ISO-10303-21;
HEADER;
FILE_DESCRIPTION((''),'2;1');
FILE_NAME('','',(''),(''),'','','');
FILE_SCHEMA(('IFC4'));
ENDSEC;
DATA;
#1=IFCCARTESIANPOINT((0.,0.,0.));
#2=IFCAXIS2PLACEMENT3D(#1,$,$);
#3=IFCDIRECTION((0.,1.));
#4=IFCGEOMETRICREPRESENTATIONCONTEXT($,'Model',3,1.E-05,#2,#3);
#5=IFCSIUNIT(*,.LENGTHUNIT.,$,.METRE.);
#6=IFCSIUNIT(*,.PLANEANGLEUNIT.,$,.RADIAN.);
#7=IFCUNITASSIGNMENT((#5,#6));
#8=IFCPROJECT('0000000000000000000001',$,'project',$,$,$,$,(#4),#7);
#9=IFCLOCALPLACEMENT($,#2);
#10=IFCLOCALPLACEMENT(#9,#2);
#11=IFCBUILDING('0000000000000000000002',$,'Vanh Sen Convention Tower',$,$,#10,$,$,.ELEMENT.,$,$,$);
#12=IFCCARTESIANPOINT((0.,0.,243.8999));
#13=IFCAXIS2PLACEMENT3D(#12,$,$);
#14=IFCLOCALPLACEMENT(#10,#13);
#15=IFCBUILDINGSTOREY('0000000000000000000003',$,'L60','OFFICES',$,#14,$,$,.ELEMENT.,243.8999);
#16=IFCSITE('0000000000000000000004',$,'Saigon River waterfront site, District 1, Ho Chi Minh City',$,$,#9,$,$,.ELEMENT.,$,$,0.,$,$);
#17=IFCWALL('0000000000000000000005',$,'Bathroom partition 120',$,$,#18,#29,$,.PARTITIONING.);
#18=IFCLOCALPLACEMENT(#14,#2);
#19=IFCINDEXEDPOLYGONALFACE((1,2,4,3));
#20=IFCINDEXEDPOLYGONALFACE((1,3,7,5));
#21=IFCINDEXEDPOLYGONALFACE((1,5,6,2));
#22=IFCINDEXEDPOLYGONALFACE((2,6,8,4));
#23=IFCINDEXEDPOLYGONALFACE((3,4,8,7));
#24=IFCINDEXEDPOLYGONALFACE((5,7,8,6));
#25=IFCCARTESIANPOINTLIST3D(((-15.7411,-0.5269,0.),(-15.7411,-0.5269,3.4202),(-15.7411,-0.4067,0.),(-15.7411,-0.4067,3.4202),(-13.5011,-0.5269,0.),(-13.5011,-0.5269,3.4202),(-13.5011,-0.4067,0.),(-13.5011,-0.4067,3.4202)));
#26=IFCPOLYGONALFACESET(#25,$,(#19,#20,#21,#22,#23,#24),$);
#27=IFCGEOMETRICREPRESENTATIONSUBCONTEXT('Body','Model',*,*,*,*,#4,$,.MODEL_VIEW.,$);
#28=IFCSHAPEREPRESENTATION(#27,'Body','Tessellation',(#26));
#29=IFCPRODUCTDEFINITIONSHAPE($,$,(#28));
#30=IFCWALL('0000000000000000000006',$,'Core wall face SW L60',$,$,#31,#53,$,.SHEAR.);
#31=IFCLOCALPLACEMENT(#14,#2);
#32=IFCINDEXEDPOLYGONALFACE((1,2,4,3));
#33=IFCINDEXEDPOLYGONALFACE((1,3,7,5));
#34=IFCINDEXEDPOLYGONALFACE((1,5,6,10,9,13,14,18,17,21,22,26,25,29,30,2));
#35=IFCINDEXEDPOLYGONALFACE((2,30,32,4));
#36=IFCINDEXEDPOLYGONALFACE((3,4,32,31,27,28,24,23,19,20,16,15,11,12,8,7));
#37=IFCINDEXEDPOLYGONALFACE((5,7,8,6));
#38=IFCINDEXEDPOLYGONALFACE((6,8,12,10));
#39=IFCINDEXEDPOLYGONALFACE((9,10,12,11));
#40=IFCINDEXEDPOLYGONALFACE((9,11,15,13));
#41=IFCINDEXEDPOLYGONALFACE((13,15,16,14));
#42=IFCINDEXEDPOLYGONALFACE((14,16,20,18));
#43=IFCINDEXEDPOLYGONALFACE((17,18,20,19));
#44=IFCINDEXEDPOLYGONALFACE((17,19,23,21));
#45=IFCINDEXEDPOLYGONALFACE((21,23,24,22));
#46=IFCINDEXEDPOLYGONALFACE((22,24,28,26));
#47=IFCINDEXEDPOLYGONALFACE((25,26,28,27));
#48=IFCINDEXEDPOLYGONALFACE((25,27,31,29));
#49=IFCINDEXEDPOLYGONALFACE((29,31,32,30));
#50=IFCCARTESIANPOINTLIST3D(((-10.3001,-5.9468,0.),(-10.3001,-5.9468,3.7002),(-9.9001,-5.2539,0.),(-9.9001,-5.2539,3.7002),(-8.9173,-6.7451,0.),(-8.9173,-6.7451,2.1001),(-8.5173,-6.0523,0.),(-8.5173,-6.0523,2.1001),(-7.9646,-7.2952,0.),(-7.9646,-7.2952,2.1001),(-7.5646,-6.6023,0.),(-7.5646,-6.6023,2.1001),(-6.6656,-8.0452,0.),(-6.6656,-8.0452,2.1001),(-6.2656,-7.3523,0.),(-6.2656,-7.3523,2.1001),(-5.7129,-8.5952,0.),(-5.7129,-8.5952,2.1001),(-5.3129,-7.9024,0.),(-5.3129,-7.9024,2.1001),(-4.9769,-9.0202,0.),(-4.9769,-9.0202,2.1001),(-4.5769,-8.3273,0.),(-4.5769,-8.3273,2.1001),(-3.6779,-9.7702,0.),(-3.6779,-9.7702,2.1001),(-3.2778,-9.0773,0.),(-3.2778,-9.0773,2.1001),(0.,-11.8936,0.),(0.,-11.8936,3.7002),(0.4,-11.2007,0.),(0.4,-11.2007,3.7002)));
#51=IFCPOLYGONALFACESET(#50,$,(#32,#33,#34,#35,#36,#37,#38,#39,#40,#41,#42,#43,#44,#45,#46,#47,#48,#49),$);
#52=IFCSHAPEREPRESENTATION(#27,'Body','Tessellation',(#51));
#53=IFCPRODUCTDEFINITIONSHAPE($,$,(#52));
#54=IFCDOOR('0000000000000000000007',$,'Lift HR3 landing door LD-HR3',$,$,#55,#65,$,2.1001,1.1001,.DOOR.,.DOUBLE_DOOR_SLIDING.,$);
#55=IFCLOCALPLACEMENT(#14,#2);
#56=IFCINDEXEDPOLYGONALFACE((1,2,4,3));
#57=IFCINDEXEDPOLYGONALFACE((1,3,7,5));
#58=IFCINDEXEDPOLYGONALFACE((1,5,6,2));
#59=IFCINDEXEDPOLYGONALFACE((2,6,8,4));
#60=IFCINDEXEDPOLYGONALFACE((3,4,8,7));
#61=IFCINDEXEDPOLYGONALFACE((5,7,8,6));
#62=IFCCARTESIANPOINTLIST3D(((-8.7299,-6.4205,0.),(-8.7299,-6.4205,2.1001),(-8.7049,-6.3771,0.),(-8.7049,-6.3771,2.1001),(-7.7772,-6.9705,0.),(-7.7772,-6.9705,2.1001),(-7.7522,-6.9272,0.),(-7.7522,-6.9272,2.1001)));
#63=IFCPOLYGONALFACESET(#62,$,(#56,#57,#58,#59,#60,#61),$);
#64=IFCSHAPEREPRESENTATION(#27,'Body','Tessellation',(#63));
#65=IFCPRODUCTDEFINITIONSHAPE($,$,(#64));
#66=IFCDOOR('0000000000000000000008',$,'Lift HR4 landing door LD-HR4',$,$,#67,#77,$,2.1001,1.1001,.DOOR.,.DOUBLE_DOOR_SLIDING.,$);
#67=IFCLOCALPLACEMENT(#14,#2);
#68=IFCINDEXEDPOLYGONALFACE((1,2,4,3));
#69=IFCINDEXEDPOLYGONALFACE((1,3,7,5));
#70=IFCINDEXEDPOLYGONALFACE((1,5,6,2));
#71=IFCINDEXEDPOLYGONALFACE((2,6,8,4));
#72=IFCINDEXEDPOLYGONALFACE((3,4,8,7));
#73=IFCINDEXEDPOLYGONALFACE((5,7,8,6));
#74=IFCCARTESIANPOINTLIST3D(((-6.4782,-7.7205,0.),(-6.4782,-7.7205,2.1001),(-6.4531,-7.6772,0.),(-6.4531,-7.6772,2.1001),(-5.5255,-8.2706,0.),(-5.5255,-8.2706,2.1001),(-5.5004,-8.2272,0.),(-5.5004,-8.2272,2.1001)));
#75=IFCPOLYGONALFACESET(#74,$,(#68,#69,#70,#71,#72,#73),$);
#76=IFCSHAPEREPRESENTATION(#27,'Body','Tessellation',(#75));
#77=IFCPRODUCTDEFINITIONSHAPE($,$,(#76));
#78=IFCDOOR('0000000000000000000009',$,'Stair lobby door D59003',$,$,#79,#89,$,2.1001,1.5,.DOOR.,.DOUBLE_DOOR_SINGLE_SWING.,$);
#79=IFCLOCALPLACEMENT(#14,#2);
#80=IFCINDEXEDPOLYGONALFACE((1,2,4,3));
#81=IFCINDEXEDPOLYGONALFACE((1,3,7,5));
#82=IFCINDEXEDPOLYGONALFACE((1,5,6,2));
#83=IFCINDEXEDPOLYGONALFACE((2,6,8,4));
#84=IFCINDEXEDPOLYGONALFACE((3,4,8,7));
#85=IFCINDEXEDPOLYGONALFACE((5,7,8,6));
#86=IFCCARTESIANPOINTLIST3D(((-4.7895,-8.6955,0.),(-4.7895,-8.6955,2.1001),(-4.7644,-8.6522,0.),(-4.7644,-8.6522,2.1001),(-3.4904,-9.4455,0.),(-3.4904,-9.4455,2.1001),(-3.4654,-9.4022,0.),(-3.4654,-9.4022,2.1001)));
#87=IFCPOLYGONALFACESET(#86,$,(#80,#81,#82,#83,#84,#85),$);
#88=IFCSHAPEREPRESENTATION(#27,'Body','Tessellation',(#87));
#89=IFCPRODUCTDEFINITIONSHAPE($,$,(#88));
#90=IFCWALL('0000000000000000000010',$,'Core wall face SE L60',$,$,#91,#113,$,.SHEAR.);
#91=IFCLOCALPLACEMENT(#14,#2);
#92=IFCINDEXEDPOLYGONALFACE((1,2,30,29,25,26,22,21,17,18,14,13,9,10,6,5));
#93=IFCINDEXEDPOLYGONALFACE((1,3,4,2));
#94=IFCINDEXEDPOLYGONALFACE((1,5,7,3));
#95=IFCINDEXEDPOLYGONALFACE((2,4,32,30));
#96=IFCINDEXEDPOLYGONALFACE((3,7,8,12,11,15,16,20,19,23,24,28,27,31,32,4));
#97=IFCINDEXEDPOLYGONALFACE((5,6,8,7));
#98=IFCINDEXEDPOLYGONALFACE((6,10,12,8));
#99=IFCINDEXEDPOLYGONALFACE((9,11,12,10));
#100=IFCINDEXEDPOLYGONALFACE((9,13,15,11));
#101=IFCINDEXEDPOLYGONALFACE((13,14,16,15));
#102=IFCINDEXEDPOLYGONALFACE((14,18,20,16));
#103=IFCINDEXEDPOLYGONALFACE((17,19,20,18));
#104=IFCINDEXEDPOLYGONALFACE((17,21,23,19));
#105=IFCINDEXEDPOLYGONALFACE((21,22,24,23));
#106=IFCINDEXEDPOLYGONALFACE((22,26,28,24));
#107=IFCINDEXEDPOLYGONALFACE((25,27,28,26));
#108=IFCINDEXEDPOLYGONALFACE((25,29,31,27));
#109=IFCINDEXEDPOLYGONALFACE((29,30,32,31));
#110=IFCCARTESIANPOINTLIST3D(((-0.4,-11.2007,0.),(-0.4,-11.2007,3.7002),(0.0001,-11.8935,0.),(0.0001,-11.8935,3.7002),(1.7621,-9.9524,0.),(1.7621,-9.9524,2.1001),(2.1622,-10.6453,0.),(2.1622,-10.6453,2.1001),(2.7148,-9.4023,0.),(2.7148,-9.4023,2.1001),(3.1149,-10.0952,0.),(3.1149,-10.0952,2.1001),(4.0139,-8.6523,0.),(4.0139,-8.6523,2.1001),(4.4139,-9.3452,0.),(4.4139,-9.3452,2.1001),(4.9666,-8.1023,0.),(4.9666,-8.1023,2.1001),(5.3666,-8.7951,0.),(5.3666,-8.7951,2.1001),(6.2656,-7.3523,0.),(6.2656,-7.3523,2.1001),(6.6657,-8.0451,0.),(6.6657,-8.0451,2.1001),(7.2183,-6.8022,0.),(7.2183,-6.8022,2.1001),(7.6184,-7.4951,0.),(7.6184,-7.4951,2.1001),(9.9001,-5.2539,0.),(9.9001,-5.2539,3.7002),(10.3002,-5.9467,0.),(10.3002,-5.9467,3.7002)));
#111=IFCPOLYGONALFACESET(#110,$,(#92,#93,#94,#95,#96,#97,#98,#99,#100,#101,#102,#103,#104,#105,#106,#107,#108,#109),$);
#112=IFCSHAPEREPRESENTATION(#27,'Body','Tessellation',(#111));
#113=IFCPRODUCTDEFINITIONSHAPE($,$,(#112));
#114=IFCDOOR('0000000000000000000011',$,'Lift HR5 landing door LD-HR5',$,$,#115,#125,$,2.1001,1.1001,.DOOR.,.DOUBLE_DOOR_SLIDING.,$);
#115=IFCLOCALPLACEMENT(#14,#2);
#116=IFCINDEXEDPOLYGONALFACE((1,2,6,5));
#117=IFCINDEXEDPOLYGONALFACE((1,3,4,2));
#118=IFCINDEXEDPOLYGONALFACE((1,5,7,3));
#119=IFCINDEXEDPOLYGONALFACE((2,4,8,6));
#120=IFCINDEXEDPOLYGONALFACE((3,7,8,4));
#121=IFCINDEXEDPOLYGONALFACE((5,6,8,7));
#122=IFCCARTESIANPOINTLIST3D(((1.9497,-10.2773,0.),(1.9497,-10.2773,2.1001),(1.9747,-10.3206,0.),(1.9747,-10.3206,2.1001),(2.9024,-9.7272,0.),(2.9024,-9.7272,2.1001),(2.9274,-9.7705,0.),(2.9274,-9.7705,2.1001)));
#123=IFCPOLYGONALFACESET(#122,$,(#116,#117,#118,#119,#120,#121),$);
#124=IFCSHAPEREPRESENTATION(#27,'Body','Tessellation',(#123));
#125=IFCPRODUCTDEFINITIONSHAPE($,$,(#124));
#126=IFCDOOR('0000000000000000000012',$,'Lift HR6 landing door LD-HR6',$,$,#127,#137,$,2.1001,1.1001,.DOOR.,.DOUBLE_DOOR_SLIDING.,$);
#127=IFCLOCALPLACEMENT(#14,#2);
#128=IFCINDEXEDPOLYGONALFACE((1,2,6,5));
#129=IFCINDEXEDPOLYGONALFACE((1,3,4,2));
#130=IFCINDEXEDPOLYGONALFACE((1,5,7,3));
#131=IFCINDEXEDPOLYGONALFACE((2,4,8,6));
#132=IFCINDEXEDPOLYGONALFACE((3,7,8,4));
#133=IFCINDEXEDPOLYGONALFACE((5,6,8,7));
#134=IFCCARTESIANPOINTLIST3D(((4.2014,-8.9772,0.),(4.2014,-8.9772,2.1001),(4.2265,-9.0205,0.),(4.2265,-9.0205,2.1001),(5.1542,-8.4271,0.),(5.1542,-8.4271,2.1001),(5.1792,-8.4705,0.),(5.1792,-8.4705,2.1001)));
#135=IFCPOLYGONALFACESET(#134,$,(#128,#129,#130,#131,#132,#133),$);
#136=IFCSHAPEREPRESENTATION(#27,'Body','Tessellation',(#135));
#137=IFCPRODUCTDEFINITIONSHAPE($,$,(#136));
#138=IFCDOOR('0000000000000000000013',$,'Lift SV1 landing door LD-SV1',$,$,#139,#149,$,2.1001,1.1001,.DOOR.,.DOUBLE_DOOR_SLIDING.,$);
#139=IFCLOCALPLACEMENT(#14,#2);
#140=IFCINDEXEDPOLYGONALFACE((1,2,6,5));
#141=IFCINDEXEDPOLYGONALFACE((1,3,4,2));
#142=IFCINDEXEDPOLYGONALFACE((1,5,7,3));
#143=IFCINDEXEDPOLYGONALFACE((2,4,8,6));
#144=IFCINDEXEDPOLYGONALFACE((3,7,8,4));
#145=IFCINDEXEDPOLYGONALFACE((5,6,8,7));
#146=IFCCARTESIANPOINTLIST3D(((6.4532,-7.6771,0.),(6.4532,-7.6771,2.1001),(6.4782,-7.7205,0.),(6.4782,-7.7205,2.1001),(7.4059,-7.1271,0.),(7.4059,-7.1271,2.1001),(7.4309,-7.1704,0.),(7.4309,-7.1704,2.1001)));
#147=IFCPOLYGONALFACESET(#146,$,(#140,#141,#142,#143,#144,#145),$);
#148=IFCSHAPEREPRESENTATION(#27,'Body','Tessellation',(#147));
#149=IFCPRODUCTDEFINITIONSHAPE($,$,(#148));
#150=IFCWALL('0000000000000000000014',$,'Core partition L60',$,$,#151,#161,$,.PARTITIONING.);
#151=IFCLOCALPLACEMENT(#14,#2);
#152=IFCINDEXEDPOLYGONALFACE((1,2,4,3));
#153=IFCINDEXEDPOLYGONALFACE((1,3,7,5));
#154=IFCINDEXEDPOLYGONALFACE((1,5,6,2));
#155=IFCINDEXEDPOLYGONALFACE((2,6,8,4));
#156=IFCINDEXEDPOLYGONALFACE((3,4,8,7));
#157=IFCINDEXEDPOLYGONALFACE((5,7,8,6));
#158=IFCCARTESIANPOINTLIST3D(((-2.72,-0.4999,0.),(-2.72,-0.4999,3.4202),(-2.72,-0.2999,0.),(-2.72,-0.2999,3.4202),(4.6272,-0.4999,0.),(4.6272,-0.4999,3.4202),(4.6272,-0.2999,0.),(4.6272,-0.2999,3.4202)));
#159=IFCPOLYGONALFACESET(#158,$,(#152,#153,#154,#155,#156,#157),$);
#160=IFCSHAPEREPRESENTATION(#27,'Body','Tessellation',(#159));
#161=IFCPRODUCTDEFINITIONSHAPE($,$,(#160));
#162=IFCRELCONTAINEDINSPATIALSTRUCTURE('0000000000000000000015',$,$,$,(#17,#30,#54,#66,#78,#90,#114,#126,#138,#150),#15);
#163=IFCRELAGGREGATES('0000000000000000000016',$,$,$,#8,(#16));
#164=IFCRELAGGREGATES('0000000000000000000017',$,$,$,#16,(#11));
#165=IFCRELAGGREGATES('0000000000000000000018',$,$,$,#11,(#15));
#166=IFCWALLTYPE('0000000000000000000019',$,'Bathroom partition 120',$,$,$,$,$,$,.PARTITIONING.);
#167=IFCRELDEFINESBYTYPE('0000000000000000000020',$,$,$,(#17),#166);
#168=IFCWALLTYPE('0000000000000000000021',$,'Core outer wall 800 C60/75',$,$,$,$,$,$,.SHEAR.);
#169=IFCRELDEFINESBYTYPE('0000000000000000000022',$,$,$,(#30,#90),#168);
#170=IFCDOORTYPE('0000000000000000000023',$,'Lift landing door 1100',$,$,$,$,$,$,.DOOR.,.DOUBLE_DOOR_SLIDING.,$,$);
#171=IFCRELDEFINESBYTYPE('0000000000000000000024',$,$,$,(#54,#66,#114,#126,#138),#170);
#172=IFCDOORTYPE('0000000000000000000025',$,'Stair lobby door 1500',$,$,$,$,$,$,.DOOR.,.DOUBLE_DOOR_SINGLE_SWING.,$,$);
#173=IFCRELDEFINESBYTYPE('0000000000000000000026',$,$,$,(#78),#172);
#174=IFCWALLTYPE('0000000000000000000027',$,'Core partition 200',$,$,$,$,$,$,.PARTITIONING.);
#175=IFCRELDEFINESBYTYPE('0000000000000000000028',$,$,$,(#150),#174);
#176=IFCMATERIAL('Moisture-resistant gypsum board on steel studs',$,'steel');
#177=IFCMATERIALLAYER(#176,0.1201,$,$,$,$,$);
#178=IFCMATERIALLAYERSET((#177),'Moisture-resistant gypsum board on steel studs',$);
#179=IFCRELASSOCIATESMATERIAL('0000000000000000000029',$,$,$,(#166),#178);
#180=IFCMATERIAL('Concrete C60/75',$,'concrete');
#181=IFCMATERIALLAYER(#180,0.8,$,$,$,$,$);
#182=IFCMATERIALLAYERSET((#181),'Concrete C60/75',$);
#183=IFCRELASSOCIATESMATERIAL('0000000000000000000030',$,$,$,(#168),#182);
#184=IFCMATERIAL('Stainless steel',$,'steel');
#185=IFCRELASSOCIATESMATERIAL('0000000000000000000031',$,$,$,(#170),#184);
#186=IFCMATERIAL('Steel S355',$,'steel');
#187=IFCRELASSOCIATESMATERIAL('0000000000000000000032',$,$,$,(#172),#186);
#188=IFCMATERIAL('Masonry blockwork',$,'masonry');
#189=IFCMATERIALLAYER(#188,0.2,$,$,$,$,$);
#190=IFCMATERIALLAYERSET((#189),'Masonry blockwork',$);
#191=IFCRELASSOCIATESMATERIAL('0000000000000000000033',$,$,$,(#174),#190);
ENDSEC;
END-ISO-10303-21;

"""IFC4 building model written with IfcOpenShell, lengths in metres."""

from ifc_helpers import new_model, si_unit, direction, frame, frame_2d, origin, place, context, subcontext, project, spatial, rectangle, extrude, material, layer, layer_set, type_object, element, fill, save


model = new_model("IFC4")

# Units and contexts
model_context = context("Model", 3, precision=1e-05, world=origin(), true_north=direction((0.0, 1.0)))
body_context = subcontext(model_context, "Body", "Model", "MODEL_VIEW")
ifc_project = project(units=[si_unit("LENGTHUNIT", "METRE"), si_unit("PLANEANGLEUNIT", "RADIAN")], contexts=[model_context])

# Site, building, storey
site_placement = place(None, origin())
site = spatial("IfcSite", under=ifc_project, at=site_placement, Name="Saigon River waterfront site, District 1, Ho Chi Minh City", CompositionType="ELEMENT", RefElevation=0.0)
building_placement = place(site_placement, origin())
building = spatial("IfcBuilding", under=site, at=building_placement, Name="Vanh Sen Convention Tower", CompositionType="ELEMENT")
storey_placement = place(building_placement, frame((0.0, 0.0, 243.8999)))
storey = spatial("IfcBuildingStorey", under=building, at=storey_placement, Name="L60", Description="OFFICES", CompositionType="ELEMENT", Elevation=243.8999)

# Wall
ifc_material_1 = material(Name="Moisture-resistant gypsum board on steel studs", Category="steel")
ifc_layer_1 = layer(ifc_material_1, 0.1201)
ifc_layer_set_1 = layer_set([ifc_layer_1], Name="Moisture-resistant gypsum board on steel studs")
wall_type_1 = type_object("IfcWallType", Name="Bathroom partition 120", PredefinedType="PARTITIONING", material=ifc_layer_set_1)
wall_1_placement = place(storey_placement, frame((-13.501, -0.4668, 0.0), z_axis=(0.0, 0.0, 1.0), x_axis=(-1.0, 0.0, 0.0)))
element("IfcWall", 1, at=wall_1_placement, inside=storey, type_object=wall_type_1, Name="Bathroom partition 120", PredefinedType="PARTITIONING", context=body_context, shape_type="SweptSolid", body=[
    extrude(rectangle(XDim=2.24, YDim=0.1201, at=frame_2d((1.1201, 0.0))), origin(), (0.0, 0.0, 1.0), 3.4202),
])

# Walls, openings, doors
ifc_material_2 = material(Name="Concrete C60/75", Category="concrete")
ifc_layer_2 = layer(ifc_material_2, 0.8)
ifc_layer_set_2 = layer_set([ifc_layer_2], Name="Concrete C60/75")
wall_type_2 = type_object("IfcWallType", Name="Core outer wall 800 C60/75", PredefinedType="SHEAR", material=ifc_layer_set_2)
wall_2_placement = place(storey_placement, frame((-10.1001, -5.6003, 0.0), z_axis=(0.0, 0.0, 1.0), x_axis=(0.866024, -0.500003, 0.0)))
wall_2 = element("IfcWall", 2, at=wall_2_placement, inside=storey, type_object=wall_type_2, Name="Core wall face SW L60", PredefinedType="SHEAR", context=body_context, shape_type="SweptSolid", body=[
    extrude(rectangle(XDim=11.8936, YDim=0.8, at=frame_2d((5.9468, 0.0))), origin(), (0.0, 0.0, 1.0), 3.7002),
])
opening_1_placement = place(wall_2_placement, frame((6.1467, 0.0, 0.0)))
opening_1 = element("IfcOpeningElement", 3, at=opening_1_placement, cuts=wall_2, PredefinedType="OPENING", context=body_context, shape_type="SweptSolid", body=[
    extrude(rectangle(XDim=1.5, YDim=2.1001, at=frame_2d((0.75, 1.05))), frame((0.0, 0.4099, 0.0), z_axis=(0.0, -1.0, 0.0), x_axis=(1.0, 0.0, 0.0)), (0.0, 0.0, 1.0), 0.8201),
])
opening_2_placement = place(wall_2_placement, frame((1.5967, 0.0, 0.0)))
opening_2 = element("IfcOpeningElement", 4, at=opening_2_placement, cuts=wall_2, PredefinedType="OPENING", context=body_context, shape_type="SweptSolid", body=[
    extrude(rectangle(XDim=1.1001, YDim=2.1001, at=frame_2d((0.55, 1.05))), frame((0.0, 0.4099, 0.0), z_axis=(0.0, -1.0, 0.0), x_axis=(1.0, 0.0, 0.0)), (0.0, 0.0, 1.0), 0.8201),
])
opening_3_placement = place(wall_2_placement, frame((4.1968, 0.0, 0.0)))
opening_3 = element("IfcOpeningElement", 5, at=opening_3_placement, cuts=wall_2, PredefinedType="OPENING", context=body_context, shape_type="SweptSolid", body=[
    extrude(rectangle(XDim=1.1001, YDim=2.1001, at=frame_2d((0.55, 1.05))), frame((0.0, 0.4099, 0.0), z_axis=(0.0, -1.0, 0.0), x_axis=(1.0, 0.0, 0.0)), (0.0, 0.0, 1.0), 0.8201),
])
ifc_material_3 = material(Name="Stainless steel", Category="steel")
door_type_1 = type_object("IfcDoorType", Name="Lift landing door 1100", OperationType="DOUBLE_DOOR_SLIDING", PredefinedType="DOOR", material=ifc_material_3)
door_1_placement = place(opening_2_placement, origin())
door_1 = element("IfcDoor", 6, at=door_1_placement, inside=storey, type_object=door_type_1, Name="Lift HR3 landing door LD-HR3", OperationType="DOUBLE_DOOR_SLIDING", OverallHeight=2.1001, OverallWidth=1.1001, PredefinedType="DOOR", context=body_context, shape_type="SweptSolid", body=[
    extrude(rectangle(XDim=1.1001, YDim=2.1001, at=frame_2d((0.55, 1.05))), frame((0.0, 0.0249, 0.0), z_axis=(0.0, -1.0, 0.0), x_axis=(1.0, 0.0, 0.0)), (0.0, 0.0, 1.0), 0.05),
])
fill(opening_2, door_1)
door_2_placement = place(opening_3_placement, origin())
door_2 = element("IfcDoor", 7, at=door_2_placement, inside=storey, type_object=door_type_1, Name="Lift HR4 landing door LD-HR4", OperationType="DOUBLE_DOOR_SLIDING", OverallHeight=2.1001, OverallWidth=1.1001, PredefinedType="DOOR", context=body_context, shape_type="SweptSolid", body=[
    extrude(rectangle(XDim=1.1001, YDim=2.1001, at=frame_2d((0.55, 1.05))), frame((0.0, 0.0249, 0.0), z_axis=(0.0, -1.0, 0.0), x_axis=(1.0, 0.0, 0.0)), (0.0, 0.0, 1.0), 0.05),
])
fill(opening_3, door_2)
ifc_material_4 = material(Name="Steel S355", Category="steel")
door_type_2 = type_object("IfcDoorType", Name="Stair lobby door 1500", OperationType="DOUBLE_DOOR_SINGLE_SWING", PredefinedType="DOOR", material=ifc_material_4)
door_3_placement = place(opening_1_placement, origin())
door_3 = element("IfcDoor", 8, at=door_3_placement, inside=storey, type_object=door_type_2, Name="Stair lobby door D59003", OperationType="DOUBLE_DOOR_SINGLE_SWING", OverallHeight=2.1001, OverallWidth=1.5, PredefinedType="DOOR", context=body_context, shape_type="SweptSolid", body=[
    extrude(rectangle(XDim=1.5, YDim=2.1001, at=frame_2d((0.75, 1.05))), frame((0.0, 0.0249, 0.0), z_axis=(0.0, -1.0, 0.0), x_axis=(1.0, 0.0, 0.0)), (0.0, 0.0, 1.0), 0.05),
])
fill(opening_1, door_3)
wall_3_placement = place(storey_placement, frame((-0.2, -11.5471, 0.0), z_axis=(0.0, 0.0, 1.0), x_axis=(0.866024, 0.500003, 0.0)))
wall_3 = element("IfcWall", 9, at=wall_3_placement, inside=storey, type_object=wall_type_2, Name="Core wall face SE L60", PredefinedType="SHEAR", context=body_context, shape_type="SweptSolid", body=[
    extrude(rectangle(XDim=11.8936, YDim=0.8, at=frame_2d((5.9468, 0.0))), origin(), (0.0, 0.0, 1.0), 3.7002),
])
opening_4_placement = place(wall_3_placement, frame((2.4966, 0.0, 0.0)))
opening_4 = element("IfcOpeningElement", 10, at=opening_4_placement, cuts=wall_3, PredefinedType="OPENING", context=body_context, shape_type="SweptSolid", body=[
    extrude(rectangle(XDim=1.1001, YDim=2.1001, at=frame_2d((0.55, 1.05))), frame((0.0, 0.4099, 0.0), z_axis=(0.0, -1.0, 0.0), x_axis=(1.0, 0.0, 0.0)), (0.0, 0.0, 1.0), 0.8201),
])
opening_5_placement = place(wall_3_placement, frame((5.0967, 0.0, 0.0)))
opening_5 = element("IfcOpeningElement", 11, at=opening_5_placement, cuts=wall_3, PredefinedType="OPENING", context=body_context, shape_type="SweptSolid", body=[
    extrude(rectangle(XDim=1.1001, YDim=2.1001, at=frame_2d((0.55, 1.05))), frame((0.0, 0.4099, 0.0), z_axis=(0.0, -1.0, 0.0), x_axis=(1.0, 0.0, 0.0)), (0.0, 0.0, 1.0), 0.8201),
])
opening_6_placement = place(wall_3_placement, frame((7.6968, 0.0, 0.0)))
opening_6 = element("IfcOpeningElement", 12, at=opening_6_placement, cuts=wall_3, PredefinedType="OPENING", context=body_context, shape_type="SweptSolid", body=[
    extrude(rectangle(XDim=1.1001, YDim=2.1001, at=frame_2d((0.55, 1.05))), frame((0.0, 0.4099, 0.0), z_axis=(0.0, -1.0, 0.0), x_axis=(1.0, 0.0, 0.0)), (0.0, 0.0, 1.0), 0.8201),
])
door_4_placement = place(opening_4_placement, origin())
door_4 = element("IfcDoor", 13, at=door_4_placement, inside=storey, type_object=door_type_1, Name="Lift HR5 landing door LD-HR5", OperationType="DOUBLE_DOOR_SLIDING", OverallHeight=2.1001, OverallWidth=1.1001, PredefinedType="DOOR", context=body_context, shape_type="SweptSolid", body=[
    extrude(rectangle(XDim=1.1001, YDim=2.1001, at=frame_2d((0.55, 1.05))), frame((0.0, 0.0249, 0.0), z_axis=(0.0, -1.0, 0.0), x_axis=(1.0, 0.0, 0.0)), (0.0, 0.0, 1.0), 0.05),
])
fill(opening_4, door_4)
door_5_placement = place(opening_5_placement, origin())
door_5 = element("IfcDoor", 14, at=door_5_placement, inside=storey, type_object=door_type_1, Name="Lift HR6 landing door LD-HR6", OperationType="DOUBLE_DOOR_SLIDING", OverallHeight=2.1001, OverallWidth=1.1001, PredefinedType="DOOR", context=body_context, shape_type="SweptSolid", body=[
    extrude(rectangle(XDim=1.1001, YDim=2.1001, at=frame_2d((0.55, 1.05))), frame((0.0, 0.0249, 0.0), z_axis=(0.0, -1.0, 0.0), x_axis=(1.0, 0.0, 0.0)), (0.0, 0.0, 1.0), 0.05),
])
fill(opening_5, door_5)
door_6_placement = place(opening_6_placement, origin())
door_6 = element("IfcDoor", 15, at=door_6_placement, inside=storey, type_object=door_type_1, Name="Lift SV1 landing door LD-SV1", OperationType="DOUBLE_DOOR_SLIDING", OverallHeight=2.1001, OverallWidth=1.1001, PredefinedType="DOOR", context=body_context, shape_type="SweptSolid", body=[
    extrude(rectangle(XDim=1.1001, YDim=2.1001, at=frame_2d((0.55, 1.05))), frame((0.0, 0.0249, 0.0), z_axis=(0.0, -1.0, 0.0), x_axis=(1.0, 0.0, 0.0)), (0.0, 0.0, 1.0), 0.05),
])
fill(opening_6, door_6)

# Wall
ifc_material_5 = material(Name="Masonry blockwork", Category="masonry")
ifc_layer_3 = layer(ifc_material_5, 0.2)
ifc_layer_set_3 = layer_set([ifc_layer_3], Name="Masonry blockwork")
wall_type_3 = type_object("IfcWallType", Name="Core partition 200", PredefinedType="PARTITIONING", material=ifc_layer_set_3)
wall_4_placement = place(storey_placement, frame((-2.72, -0.3999, 0.0), z_axis=(0.0, 0.0, 1.0), x_axis=(1.0, 0.0, 0.0)))
element("IfcWall", 16, at=wall_4_placement, inside=storey, type_object=wall_type_3, Name="Core partition L60", PredefinedType="PARTITIONING", context=body_context, shape_type="SweptSolid", body=[
    extrude(rectangle(XDim=7.3472, YDim=0.2, at=frame_2d((3.6736, 0.0))), origin(), (0.0, 0.0, 1.0), 3.4202),
])

save(model, "model.ifc")
